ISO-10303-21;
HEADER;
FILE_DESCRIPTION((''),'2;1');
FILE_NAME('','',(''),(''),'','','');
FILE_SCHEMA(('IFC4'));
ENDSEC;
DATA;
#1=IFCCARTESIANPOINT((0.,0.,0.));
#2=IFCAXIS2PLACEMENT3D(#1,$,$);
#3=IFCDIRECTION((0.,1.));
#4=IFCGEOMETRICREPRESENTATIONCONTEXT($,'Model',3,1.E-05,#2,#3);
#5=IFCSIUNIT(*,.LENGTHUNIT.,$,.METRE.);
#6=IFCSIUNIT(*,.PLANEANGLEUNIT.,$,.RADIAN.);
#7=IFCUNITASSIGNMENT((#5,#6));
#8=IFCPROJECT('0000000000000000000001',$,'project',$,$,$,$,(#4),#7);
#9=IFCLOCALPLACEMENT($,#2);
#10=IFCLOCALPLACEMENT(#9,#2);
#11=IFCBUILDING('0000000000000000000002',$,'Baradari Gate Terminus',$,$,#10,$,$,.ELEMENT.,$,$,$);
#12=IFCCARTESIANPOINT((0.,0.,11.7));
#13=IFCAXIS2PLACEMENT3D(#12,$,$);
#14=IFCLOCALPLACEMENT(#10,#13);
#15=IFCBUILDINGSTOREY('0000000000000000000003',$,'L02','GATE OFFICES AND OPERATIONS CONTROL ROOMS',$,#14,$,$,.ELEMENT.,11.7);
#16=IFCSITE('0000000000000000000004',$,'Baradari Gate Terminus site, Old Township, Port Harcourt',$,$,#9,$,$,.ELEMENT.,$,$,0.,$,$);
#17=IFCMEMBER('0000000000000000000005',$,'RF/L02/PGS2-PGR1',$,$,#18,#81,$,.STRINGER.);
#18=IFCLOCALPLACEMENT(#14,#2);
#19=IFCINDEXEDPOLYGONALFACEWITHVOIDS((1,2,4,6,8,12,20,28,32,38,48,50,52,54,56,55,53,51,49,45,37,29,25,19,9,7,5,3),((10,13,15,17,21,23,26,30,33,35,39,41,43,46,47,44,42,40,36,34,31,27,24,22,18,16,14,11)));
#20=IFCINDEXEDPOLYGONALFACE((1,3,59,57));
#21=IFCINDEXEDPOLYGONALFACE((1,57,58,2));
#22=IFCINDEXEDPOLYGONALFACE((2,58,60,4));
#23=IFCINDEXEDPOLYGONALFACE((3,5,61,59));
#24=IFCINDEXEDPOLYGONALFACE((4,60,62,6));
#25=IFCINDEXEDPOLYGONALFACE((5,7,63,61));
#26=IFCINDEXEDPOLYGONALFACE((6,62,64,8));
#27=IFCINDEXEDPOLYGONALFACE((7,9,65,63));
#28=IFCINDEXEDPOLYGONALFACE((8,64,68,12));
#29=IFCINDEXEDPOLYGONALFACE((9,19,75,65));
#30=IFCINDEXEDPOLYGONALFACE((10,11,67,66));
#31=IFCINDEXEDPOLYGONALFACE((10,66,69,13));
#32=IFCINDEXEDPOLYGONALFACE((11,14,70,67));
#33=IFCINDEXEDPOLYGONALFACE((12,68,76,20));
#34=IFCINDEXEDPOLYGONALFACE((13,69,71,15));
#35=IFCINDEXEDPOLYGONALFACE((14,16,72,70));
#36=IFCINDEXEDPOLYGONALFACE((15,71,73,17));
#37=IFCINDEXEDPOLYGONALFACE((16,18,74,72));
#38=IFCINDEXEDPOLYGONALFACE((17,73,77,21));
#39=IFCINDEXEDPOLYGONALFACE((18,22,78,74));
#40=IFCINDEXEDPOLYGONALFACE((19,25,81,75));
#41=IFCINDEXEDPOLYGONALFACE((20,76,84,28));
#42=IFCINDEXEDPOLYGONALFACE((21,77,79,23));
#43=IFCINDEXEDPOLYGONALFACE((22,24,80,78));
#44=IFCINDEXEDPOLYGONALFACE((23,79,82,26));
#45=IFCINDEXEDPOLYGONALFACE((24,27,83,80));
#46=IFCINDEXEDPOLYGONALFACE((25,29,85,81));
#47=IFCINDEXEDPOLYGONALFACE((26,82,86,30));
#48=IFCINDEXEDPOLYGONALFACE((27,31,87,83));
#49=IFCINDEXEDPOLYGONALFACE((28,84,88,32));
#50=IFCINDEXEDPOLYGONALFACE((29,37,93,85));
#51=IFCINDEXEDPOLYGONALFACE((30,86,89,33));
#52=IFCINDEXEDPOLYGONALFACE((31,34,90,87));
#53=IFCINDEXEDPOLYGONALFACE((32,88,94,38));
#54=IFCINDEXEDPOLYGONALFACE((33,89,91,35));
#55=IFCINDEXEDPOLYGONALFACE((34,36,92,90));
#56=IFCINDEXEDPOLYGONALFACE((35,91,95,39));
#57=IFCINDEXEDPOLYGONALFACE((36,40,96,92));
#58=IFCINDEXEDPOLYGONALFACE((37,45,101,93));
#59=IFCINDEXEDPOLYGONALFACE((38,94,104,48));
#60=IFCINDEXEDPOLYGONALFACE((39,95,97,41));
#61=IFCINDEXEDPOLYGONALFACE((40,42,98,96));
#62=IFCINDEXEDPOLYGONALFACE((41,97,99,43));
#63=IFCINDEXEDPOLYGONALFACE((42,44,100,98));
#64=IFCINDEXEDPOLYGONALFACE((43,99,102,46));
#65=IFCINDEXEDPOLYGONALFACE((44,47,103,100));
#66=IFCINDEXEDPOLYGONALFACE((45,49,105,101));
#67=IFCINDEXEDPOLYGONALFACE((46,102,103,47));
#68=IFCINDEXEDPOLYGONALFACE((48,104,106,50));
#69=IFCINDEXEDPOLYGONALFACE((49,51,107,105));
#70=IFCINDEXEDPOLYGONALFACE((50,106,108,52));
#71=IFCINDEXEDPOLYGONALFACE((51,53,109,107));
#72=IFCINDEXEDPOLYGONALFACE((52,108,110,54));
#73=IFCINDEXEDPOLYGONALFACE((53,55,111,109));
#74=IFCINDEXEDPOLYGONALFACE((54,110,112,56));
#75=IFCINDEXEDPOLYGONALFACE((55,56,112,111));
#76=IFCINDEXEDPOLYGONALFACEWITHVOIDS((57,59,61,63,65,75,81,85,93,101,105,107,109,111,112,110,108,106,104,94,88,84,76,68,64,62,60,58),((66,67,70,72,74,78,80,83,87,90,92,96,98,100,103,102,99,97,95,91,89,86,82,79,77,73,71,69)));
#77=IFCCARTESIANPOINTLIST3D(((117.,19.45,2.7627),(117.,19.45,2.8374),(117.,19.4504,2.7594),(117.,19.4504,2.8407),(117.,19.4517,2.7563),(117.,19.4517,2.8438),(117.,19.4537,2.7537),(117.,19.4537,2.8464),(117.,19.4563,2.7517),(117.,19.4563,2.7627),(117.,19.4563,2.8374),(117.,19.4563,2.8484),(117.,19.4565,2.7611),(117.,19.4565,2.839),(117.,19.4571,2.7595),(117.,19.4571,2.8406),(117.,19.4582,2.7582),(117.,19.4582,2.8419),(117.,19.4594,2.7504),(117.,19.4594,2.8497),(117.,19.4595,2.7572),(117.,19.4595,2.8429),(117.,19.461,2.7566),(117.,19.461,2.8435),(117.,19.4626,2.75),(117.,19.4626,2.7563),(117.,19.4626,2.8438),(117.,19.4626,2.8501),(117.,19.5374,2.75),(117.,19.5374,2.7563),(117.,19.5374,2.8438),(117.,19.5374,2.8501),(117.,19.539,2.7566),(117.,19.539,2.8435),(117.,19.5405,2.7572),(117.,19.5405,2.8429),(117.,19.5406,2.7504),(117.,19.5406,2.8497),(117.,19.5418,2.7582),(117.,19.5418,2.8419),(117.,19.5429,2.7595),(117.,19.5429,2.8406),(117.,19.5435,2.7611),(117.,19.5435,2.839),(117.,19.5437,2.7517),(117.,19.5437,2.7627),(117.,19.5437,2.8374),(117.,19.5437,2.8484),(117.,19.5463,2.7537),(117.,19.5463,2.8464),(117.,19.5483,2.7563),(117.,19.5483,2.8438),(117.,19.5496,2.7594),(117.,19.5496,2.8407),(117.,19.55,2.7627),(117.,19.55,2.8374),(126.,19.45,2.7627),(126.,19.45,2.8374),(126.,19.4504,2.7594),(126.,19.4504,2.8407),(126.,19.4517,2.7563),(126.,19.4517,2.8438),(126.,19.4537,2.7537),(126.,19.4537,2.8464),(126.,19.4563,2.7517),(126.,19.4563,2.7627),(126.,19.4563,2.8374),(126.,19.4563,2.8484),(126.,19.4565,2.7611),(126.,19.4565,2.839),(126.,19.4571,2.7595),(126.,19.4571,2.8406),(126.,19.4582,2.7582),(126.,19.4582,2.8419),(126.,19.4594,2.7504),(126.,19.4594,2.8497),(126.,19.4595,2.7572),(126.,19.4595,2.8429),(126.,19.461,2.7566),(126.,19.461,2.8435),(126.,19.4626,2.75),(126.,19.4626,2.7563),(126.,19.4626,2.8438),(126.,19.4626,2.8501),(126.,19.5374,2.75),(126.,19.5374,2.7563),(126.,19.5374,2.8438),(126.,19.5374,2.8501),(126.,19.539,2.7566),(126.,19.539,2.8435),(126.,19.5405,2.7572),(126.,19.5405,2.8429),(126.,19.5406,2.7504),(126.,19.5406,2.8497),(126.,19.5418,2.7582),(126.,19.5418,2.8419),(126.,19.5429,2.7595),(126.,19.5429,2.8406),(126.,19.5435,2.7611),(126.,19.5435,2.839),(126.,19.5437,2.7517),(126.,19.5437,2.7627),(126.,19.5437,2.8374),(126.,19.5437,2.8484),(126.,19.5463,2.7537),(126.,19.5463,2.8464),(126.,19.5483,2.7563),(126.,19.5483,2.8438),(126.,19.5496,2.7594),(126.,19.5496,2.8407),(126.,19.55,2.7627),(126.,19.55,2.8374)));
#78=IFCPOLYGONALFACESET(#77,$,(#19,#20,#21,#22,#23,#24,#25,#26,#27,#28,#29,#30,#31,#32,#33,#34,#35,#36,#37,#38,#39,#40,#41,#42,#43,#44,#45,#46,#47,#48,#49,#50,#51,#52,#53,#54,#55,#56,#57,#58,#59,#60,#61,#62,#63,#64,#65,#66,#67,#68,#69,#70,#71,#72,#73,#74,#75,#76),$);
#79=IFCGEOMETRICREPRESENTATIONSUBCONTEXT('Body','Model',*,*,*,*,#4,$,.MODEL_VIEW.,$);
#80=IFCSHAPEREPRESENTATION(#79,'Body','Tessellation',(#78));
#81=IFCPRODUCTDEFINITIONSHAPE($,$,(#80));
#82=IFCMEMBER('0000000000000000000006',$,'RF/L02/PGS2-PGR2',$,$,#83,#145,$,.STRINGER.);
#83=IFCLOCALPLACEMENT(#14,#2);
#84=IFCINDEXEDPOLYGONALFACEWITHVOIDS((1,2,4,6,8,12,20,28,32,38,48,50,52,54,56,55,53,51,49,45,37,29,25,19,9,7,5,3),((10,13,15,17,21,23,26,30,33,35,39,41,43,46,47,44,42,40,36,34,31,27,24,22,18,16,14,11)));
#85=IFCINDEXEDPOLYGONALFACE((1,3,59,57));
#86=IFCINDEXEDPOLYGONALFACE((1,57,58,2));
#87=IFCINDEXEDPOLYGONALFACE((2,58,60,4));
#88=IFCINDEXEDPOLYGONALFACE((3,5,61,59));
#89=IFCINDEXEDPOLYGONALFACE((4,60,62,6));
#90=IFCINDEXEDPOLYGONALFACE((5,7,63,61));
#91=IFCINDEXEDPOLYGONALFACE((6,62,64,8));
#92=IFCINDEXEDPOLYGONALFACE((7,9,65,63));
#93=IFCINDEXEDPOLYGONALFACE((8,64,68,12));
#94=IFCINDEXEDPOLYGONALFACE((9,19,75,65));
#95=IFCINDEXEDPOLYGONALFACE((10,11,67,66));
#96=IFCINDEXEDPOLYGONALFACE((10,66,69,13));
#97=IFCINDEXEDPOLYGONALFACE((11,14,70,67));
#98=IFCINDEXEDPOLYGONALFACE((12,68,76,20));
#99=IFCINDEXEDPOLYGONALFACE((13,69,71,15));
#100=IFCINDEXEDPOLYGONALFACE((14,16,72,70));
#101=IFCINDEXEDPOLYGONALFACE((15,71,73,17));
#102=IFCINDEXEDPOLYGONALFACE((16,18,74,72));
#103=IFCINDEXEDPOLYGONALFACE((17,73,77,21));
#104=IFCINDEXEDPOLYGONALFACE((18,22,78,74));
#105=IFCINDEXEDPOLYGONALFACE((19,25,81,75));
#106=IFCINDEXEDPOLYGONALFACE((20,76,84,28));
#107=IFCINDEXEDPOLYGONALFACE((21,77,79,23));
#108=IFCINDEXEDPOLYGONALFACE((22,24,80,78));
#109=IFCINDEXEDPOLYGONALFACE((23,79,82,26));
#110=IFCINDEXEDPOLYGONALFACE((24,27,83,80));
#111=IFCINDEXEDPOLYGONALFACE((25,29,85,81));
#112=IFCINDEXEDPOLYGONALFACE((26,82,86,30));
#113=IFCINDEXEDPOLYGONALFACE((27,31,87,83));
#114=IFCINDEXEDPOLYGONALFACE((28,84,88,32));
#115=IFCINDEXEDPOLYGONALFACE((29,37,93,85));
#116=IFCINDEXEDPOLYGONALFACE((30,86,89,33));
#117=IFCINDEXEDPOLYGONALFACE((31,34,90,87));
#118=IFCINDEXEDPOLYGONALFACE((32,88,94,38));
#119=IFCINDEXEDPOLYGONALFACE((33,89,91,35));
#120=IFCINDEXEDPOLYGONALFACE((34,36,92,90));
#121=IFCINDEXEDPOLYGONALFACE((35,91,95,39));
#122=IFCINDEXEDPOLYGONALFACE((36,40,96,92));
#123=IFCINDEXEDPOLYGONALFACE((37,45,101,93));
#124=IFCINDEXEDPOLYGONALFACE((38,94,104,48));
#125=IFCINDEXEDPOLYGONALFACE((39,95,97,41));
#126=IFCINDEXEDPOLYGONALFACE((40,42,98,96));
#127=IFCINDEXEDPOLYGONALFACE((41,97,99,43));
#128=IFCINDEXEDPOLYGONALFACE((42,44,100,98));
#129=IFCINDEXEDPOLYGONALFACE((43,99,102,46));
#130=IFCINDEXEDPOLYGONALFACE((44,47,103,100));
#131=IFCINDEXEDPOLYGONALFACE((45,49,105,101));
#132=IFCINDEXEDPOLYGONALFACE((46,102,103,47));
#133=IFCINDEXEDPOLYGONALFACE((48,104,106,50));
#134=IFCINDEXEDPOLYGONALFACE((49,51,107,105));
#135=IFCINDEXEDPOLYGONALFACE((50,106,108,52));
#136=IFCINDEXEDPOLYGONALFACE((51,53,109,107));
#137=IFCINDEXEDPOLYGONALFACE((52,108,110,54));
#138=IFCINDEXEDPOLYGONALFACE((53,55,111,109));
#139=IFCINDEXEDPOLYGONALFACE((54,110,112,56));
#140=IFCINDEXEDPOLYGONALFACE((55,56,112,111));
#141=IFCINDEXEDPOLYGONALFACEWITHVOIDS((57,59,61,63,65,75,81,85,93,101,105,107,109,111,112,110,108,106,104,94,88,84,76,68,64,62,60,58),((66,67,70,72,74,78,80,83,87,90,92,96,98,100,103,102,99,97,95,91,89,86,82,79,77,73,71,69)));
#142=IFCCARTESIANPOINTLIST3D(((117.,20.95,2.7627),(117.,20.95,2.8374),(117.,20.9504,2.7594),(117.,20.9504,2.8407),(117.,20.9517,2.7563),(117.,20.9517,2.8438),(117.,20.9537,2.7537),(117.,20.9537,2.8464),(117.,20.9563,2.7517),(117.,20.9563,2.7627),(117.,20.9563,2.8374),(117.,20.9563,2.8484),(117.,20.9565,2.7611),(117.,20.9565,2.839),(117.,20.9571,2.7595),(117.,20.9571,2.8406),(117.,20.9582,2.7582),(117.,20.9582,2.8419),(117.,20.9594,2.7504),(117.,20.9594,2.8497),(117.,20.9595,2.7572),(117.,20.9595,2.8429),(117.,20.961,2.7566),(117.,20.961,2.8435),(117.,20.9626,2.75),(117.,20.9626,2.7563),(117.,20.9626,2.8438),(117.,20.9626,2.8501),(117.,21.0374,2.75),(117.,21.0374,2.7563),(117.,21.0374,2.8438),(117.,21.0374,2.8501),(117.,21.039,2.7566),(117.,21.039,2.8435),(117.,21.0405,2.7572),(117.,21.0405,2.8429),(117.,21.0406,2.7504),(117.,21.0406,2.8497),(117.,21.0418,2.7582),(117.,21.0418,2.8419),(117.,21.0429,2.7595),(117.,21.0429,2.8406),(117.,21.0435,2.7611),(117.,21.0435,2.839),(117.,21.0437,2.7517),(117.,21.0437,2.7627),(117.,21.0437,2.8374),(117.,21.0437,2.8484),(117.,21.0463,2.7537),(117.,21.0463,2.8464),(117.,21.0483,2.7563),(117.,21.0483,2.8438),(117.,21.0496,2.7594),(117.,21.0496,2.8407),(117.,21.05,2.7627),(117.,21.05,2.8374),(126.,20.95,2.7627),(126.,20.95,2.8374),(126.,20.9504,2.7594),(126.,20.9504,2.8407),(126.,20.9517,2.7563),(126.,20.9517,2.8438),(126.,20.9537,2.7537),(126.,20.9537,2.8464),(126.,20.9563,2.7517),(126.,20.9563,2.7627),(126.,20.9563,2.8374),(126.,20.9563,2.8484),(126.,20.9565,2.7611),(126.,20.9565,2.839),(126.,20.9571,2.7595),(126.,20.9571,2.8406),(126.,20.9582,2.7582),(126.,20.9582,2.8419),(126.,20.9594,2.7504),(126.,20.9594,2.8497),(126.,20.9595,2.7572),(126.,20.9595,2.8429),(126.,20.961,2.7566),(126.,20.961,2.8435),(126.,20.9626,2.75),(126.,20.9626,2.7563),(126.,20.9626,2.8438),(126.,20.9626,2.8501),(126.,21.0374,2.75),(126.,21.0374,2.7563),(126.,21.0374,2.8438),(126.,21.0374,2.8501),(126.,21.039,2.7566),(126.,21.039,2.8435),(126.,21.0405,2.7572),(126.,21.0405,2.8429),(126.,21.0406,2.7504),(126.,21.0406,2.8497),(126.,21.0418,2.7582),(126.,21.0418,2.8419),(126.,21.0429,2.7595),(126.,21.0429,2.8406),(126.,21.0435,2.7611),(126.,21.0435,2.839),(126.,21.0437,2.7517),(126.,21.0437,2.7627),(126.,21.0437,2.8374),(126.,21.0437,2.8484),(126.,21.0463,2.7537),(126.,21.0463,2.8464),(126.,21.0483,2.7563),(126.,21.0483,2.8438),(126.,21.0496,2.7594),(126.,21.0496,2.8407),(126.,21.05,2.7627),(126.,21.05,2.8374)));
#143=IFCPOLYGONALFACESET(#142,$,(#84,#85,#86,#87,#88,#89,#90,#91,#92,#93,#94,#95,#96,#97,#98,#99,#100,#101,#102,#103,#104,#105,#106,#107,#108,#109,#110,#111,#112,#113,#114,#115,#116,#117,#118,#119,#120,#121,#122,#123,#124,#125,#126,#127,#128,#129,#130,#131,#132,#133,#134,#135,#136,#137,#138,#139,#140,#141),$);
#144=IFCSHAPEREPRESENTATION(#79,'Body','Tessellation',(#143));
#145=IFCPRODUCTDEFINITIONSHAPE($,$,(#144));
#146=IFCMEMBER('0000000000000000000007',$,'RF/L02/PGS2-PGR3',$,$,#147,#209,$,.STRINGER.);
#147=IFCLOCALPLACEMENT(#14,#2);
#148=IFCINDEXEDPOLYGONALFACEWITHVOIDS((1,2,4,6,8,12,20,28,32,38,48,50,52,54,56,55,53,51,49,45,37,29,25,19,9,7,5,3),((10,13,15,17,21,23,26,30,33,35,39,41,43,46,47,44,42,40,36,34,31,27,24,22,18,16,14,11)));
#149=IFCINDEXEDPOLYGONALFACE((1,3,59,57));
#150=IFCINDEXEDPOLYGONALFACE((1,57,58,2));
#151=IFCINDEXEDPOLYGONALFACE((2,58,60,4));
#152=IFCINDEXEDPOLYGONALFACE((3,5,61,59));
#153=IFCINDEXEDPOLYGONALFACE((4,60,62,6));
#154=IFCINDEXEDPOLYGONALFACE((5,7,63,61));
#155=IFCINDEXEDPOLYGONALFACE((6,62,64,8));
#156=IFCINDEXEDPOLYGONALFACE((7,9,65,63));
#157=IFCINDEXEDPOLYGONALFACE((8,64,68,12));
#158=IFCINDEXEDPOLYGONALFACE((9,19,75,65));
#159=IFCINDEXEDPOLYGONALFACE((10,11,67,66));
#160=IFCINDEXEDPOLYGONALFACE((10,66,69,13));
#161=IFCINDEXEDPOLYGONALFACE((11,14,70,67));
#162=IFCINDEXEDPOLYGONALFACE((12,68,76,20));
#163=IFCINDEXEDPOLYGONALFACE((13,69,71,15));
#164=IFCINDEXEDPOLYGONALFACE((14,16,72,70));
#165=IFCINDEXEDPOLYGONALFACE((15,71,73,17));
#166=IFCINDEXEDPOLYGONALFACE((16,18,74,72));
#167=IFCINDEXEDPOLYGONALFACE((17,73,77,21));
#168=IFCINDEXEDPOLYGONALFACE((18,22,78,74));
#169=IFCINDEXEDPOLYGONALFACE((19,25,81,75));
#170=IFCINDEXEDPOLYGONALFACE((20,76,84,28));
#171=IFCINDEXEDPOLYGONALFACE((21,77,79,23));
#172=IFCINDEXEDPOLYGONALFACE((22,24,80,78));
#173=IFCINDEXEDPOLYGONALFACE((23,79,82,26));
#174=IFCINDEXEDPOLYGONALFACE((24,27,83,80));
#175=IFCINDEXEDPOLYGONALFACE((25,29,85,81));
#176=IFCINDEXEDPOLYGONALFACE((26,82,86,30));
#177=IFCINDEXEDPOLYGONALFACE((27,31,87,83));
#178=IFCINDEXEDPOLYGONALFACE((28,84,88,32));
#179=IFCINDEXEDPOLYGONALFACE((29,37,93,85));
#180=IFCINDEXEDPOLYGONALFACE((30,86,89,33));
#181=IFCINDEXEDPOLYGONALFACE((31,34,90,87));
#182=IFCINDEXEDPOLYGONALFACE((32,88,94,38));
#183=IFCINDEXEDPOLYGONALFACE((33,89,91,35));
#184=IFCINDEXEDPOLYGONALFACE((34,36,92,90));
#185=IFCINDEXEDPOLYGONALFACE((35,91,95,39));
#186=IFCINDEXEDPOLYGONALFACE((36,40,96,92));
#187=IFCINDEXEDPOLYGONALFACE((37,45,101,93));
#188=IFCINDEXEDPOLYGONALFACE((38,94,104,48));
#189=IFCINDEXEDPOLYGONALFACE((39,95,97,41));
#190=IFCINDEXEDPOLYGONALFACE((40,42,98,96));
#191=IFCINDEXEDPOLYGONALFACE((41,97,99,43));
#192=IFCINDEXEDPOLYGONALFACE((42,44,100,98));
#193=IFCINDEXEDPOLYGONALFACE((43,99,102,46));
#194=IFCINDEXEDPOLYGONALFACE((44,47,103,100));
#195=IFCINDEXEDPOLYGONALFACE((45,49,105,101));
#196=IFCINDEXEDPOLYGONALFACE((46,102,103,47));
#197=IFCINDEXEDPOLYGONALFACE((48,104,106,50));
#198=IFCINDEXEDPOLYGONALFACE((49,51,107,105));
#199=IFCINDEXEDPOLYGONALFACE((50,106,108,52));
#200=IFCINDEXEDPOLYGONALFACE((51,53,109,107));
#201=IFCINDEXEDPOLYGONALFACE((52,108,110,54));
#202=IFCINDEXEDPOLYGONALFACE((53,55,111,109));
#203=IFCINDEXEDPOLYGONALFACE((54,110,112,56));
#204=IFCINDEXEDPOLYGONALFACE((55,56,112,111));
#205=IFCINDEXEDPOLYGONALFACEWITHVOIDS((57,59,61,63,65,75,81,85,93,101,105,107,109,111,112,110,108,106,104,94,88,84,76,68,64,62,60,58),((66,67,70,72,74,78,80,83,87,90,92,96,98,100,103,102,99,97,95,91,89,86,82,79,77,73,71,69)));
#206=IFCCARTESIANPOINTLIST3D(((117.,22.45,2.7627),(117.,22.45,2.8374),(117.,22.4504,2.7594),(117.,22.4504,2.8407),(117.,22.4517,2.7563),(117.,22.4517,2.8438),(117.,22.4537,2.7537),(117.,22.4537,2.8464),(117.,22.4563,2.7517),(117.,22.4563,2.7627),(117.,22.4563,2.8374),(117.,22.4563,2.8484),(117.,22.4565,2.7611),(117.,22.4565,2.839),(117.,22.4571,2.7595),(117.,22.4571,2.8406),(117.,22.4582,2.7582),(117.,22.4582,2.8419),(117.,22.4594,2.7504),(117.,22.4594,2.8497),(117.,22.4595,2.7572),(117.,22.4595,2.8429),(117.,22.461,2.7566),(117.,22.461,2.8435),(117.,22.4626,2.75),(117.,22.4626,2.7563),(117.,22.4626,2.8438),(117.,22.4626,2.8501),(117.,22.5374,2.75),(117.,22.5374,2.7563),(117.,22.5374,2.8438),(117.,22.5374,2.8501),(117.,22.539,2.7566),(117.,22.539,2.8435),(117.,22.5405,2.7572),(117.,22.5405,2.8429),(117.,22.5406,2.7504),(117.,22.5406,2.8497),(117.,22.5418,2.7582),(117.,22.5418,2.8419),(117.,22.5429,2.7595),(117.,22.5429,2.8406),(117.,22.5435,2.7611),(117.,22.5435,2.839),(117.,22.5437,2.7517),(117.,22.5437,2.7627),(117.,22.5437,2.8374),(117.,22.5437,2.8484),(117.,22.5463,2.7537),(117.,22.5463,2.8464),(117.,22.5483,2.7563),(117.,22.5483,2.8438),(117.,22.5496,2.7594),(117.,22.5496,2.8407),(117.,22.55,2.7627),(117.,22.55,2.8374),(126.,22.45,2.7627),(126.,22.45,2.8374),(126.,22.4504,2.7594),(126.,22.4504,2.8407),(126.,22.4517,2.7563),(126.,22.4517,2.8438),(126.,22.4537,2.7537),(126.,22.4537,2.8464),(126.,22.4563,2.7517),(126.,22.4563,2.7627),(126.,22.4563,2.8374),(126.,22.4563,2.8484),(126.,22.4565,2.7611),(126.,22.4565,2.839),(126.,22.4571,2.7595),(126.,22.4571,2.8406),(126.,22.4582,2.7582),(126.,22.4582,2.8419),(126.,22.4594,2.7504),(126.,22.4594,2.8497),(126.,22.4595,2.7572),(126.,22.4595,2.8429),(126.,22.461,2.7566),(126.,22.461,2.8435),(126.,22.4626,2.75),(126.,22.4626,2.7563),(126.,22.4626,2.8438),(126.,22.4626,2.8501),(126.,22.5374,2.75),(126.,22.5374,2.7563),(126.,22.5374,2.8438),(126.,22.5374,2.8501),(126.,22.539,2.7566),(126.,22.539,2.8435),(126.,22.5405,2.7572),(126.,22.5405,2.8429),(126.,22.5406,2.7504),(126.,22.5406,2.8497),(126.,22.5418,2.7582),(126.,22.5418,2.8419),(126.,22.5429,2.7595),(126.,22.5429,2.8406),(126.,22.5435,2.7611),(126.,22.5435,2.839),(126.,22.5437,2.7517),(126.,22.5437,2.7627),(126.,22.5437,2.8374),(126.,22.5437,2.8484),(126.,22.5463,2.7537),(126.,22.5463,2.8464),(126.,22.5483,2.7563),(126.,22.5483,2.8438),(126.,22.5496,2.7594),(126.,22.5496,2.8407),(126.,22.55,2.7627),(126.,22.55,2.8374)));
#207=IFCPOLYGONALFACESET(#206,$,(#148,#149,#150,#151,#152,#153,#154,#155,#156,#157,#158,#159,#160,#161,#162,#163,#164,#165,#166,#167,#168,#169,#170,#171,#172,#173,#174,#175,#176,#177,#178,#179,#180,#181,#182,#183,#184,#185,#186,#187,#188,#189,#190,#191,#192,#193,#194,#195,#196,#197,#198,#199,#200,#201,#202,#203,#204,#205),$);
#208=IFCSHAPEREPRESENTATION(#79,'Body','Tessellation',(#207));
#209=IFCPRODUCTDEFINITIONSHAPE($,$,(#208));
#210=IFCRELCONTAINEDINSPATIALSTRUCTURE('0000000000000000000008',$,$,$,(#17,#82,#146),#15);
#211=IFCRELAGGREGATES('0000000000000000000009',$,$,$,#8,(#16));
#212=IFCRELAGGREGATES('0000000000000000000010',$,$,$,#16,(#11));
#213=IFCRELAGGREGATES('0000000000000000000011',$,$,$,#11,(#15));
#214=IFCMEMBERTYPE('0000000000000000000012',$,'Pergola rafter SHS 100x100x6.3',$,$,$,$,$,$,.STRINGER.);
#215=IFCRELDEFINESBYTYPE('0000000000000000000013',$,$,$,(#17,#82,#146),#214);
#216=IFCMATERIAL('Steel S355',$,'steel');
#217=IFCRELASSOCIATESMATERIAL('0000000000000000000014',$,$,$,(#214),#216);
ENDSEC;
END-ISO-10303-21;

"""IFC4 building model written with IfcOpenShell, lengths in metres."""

from ifc_helpers import new_model, si_unit, direction, frame, origin, origin_2d, place, context, subcontext, project, spatial, hollow_rectangle, extrude, material, material_profile, profile_set, type_object, element, save


model = new_model("IFC4")

# Units and contexts
model_context = context("Model", 3, precision=1e-05, world=origin(), true_north=direction((0.0, 1.0)))
body_context = subcontext(model_context, "Body", "Model", "MODEL_VIEW")
ifc_project = project(units=[si_unit("LENGTHUNIT", "METRE"), si_unit("PLANEANGLEUNIT", "RADIAN")], contexts=[model_context])

# Site, building, storey
site_placement = place(None, origin())
site = spatial("IfcSite", under=ifc_project, at=site_placement, Name="Baradari Gate Terminus site, Old Township, Port Harcourt", CompositionType="ELEMENT", RefElevation=0.0)
building_placement = place(site_placement, origin())
building = spatial("IfcBuilding", under=site, at=building_placement, Name="Baradari Gate Terminus", CompositionType="ELEMENT")
storey_placement = place(building_placement, frame((0.0, 0.0, 11.7)))
storey = spatial("IfcBuildingStorey", under=building, at=storey_placement, Name="L02", Description="GATE OFFICES AND OPERATIONS CONTROL ROOMS", CompositionType="ELEMENT", Elevation=11.7)

# Members
ifc_material_1 = material(Name="Steel S355", Category="steel")
ifc_material_profile_1 = material_profile(ifc_material_1, hollow_rectangle(XDim=0.1001, YDim=0.1001, WallThickness=0.0063, InnerFilletRadius=0.0063, OuterFilletRadius=0.0127, at=origin_2d()), Name="SHS 100x100x6.3")
ifc_profile_set_1 = profile_set([ifc_material_profile_1], Name="Steel S355")
member_type = type_object("IfcMemberType", Name="Pergola rafter SHS 100x100x6.3", PredefinedType="STRINGER", material=ifc_profile_set_1)
for number, where, z_axis, x_axis, name in (
    (1, (117.0, 19.5, 2.8), (1.0, 0.0, 0.0), (0.0, 1.0, 0.0), "RF/L02/PGS2-PGR1"),
    (2, (117.0, 21.0, 2.8), (1.0, 0.0, 0.0), (0.0, 1.0, 0.0), "RF/L02/PGS2-PGR2"),
    (3, (117.0, 22.5, 2.8), (1.0, 0.0, 0.0), (0.0, 1.0, 0.0), "RF/L02/PGS2-PGR3"),
):
    element("IfcMember", number, at=place(storey_placement, frame(where, z_axis=z_axis, x_axis=x_axis)), inside=storey, type_object=member_type, Name=name, PredefinedType="STRINGER", context=body_context, shape_type="SweptSolid", body=[
        extrude(hollow_rectangle(XDim=0.1001, YDim=0.1001, WallThickness=0.0063, InnerFilletRadius=0.0063, OuterFilletRadius=0.0127, at=origin_2d()), origin(), (0.0, 0.0, 1.0), 9.0),
    ])

save(model, "model.ifc")
